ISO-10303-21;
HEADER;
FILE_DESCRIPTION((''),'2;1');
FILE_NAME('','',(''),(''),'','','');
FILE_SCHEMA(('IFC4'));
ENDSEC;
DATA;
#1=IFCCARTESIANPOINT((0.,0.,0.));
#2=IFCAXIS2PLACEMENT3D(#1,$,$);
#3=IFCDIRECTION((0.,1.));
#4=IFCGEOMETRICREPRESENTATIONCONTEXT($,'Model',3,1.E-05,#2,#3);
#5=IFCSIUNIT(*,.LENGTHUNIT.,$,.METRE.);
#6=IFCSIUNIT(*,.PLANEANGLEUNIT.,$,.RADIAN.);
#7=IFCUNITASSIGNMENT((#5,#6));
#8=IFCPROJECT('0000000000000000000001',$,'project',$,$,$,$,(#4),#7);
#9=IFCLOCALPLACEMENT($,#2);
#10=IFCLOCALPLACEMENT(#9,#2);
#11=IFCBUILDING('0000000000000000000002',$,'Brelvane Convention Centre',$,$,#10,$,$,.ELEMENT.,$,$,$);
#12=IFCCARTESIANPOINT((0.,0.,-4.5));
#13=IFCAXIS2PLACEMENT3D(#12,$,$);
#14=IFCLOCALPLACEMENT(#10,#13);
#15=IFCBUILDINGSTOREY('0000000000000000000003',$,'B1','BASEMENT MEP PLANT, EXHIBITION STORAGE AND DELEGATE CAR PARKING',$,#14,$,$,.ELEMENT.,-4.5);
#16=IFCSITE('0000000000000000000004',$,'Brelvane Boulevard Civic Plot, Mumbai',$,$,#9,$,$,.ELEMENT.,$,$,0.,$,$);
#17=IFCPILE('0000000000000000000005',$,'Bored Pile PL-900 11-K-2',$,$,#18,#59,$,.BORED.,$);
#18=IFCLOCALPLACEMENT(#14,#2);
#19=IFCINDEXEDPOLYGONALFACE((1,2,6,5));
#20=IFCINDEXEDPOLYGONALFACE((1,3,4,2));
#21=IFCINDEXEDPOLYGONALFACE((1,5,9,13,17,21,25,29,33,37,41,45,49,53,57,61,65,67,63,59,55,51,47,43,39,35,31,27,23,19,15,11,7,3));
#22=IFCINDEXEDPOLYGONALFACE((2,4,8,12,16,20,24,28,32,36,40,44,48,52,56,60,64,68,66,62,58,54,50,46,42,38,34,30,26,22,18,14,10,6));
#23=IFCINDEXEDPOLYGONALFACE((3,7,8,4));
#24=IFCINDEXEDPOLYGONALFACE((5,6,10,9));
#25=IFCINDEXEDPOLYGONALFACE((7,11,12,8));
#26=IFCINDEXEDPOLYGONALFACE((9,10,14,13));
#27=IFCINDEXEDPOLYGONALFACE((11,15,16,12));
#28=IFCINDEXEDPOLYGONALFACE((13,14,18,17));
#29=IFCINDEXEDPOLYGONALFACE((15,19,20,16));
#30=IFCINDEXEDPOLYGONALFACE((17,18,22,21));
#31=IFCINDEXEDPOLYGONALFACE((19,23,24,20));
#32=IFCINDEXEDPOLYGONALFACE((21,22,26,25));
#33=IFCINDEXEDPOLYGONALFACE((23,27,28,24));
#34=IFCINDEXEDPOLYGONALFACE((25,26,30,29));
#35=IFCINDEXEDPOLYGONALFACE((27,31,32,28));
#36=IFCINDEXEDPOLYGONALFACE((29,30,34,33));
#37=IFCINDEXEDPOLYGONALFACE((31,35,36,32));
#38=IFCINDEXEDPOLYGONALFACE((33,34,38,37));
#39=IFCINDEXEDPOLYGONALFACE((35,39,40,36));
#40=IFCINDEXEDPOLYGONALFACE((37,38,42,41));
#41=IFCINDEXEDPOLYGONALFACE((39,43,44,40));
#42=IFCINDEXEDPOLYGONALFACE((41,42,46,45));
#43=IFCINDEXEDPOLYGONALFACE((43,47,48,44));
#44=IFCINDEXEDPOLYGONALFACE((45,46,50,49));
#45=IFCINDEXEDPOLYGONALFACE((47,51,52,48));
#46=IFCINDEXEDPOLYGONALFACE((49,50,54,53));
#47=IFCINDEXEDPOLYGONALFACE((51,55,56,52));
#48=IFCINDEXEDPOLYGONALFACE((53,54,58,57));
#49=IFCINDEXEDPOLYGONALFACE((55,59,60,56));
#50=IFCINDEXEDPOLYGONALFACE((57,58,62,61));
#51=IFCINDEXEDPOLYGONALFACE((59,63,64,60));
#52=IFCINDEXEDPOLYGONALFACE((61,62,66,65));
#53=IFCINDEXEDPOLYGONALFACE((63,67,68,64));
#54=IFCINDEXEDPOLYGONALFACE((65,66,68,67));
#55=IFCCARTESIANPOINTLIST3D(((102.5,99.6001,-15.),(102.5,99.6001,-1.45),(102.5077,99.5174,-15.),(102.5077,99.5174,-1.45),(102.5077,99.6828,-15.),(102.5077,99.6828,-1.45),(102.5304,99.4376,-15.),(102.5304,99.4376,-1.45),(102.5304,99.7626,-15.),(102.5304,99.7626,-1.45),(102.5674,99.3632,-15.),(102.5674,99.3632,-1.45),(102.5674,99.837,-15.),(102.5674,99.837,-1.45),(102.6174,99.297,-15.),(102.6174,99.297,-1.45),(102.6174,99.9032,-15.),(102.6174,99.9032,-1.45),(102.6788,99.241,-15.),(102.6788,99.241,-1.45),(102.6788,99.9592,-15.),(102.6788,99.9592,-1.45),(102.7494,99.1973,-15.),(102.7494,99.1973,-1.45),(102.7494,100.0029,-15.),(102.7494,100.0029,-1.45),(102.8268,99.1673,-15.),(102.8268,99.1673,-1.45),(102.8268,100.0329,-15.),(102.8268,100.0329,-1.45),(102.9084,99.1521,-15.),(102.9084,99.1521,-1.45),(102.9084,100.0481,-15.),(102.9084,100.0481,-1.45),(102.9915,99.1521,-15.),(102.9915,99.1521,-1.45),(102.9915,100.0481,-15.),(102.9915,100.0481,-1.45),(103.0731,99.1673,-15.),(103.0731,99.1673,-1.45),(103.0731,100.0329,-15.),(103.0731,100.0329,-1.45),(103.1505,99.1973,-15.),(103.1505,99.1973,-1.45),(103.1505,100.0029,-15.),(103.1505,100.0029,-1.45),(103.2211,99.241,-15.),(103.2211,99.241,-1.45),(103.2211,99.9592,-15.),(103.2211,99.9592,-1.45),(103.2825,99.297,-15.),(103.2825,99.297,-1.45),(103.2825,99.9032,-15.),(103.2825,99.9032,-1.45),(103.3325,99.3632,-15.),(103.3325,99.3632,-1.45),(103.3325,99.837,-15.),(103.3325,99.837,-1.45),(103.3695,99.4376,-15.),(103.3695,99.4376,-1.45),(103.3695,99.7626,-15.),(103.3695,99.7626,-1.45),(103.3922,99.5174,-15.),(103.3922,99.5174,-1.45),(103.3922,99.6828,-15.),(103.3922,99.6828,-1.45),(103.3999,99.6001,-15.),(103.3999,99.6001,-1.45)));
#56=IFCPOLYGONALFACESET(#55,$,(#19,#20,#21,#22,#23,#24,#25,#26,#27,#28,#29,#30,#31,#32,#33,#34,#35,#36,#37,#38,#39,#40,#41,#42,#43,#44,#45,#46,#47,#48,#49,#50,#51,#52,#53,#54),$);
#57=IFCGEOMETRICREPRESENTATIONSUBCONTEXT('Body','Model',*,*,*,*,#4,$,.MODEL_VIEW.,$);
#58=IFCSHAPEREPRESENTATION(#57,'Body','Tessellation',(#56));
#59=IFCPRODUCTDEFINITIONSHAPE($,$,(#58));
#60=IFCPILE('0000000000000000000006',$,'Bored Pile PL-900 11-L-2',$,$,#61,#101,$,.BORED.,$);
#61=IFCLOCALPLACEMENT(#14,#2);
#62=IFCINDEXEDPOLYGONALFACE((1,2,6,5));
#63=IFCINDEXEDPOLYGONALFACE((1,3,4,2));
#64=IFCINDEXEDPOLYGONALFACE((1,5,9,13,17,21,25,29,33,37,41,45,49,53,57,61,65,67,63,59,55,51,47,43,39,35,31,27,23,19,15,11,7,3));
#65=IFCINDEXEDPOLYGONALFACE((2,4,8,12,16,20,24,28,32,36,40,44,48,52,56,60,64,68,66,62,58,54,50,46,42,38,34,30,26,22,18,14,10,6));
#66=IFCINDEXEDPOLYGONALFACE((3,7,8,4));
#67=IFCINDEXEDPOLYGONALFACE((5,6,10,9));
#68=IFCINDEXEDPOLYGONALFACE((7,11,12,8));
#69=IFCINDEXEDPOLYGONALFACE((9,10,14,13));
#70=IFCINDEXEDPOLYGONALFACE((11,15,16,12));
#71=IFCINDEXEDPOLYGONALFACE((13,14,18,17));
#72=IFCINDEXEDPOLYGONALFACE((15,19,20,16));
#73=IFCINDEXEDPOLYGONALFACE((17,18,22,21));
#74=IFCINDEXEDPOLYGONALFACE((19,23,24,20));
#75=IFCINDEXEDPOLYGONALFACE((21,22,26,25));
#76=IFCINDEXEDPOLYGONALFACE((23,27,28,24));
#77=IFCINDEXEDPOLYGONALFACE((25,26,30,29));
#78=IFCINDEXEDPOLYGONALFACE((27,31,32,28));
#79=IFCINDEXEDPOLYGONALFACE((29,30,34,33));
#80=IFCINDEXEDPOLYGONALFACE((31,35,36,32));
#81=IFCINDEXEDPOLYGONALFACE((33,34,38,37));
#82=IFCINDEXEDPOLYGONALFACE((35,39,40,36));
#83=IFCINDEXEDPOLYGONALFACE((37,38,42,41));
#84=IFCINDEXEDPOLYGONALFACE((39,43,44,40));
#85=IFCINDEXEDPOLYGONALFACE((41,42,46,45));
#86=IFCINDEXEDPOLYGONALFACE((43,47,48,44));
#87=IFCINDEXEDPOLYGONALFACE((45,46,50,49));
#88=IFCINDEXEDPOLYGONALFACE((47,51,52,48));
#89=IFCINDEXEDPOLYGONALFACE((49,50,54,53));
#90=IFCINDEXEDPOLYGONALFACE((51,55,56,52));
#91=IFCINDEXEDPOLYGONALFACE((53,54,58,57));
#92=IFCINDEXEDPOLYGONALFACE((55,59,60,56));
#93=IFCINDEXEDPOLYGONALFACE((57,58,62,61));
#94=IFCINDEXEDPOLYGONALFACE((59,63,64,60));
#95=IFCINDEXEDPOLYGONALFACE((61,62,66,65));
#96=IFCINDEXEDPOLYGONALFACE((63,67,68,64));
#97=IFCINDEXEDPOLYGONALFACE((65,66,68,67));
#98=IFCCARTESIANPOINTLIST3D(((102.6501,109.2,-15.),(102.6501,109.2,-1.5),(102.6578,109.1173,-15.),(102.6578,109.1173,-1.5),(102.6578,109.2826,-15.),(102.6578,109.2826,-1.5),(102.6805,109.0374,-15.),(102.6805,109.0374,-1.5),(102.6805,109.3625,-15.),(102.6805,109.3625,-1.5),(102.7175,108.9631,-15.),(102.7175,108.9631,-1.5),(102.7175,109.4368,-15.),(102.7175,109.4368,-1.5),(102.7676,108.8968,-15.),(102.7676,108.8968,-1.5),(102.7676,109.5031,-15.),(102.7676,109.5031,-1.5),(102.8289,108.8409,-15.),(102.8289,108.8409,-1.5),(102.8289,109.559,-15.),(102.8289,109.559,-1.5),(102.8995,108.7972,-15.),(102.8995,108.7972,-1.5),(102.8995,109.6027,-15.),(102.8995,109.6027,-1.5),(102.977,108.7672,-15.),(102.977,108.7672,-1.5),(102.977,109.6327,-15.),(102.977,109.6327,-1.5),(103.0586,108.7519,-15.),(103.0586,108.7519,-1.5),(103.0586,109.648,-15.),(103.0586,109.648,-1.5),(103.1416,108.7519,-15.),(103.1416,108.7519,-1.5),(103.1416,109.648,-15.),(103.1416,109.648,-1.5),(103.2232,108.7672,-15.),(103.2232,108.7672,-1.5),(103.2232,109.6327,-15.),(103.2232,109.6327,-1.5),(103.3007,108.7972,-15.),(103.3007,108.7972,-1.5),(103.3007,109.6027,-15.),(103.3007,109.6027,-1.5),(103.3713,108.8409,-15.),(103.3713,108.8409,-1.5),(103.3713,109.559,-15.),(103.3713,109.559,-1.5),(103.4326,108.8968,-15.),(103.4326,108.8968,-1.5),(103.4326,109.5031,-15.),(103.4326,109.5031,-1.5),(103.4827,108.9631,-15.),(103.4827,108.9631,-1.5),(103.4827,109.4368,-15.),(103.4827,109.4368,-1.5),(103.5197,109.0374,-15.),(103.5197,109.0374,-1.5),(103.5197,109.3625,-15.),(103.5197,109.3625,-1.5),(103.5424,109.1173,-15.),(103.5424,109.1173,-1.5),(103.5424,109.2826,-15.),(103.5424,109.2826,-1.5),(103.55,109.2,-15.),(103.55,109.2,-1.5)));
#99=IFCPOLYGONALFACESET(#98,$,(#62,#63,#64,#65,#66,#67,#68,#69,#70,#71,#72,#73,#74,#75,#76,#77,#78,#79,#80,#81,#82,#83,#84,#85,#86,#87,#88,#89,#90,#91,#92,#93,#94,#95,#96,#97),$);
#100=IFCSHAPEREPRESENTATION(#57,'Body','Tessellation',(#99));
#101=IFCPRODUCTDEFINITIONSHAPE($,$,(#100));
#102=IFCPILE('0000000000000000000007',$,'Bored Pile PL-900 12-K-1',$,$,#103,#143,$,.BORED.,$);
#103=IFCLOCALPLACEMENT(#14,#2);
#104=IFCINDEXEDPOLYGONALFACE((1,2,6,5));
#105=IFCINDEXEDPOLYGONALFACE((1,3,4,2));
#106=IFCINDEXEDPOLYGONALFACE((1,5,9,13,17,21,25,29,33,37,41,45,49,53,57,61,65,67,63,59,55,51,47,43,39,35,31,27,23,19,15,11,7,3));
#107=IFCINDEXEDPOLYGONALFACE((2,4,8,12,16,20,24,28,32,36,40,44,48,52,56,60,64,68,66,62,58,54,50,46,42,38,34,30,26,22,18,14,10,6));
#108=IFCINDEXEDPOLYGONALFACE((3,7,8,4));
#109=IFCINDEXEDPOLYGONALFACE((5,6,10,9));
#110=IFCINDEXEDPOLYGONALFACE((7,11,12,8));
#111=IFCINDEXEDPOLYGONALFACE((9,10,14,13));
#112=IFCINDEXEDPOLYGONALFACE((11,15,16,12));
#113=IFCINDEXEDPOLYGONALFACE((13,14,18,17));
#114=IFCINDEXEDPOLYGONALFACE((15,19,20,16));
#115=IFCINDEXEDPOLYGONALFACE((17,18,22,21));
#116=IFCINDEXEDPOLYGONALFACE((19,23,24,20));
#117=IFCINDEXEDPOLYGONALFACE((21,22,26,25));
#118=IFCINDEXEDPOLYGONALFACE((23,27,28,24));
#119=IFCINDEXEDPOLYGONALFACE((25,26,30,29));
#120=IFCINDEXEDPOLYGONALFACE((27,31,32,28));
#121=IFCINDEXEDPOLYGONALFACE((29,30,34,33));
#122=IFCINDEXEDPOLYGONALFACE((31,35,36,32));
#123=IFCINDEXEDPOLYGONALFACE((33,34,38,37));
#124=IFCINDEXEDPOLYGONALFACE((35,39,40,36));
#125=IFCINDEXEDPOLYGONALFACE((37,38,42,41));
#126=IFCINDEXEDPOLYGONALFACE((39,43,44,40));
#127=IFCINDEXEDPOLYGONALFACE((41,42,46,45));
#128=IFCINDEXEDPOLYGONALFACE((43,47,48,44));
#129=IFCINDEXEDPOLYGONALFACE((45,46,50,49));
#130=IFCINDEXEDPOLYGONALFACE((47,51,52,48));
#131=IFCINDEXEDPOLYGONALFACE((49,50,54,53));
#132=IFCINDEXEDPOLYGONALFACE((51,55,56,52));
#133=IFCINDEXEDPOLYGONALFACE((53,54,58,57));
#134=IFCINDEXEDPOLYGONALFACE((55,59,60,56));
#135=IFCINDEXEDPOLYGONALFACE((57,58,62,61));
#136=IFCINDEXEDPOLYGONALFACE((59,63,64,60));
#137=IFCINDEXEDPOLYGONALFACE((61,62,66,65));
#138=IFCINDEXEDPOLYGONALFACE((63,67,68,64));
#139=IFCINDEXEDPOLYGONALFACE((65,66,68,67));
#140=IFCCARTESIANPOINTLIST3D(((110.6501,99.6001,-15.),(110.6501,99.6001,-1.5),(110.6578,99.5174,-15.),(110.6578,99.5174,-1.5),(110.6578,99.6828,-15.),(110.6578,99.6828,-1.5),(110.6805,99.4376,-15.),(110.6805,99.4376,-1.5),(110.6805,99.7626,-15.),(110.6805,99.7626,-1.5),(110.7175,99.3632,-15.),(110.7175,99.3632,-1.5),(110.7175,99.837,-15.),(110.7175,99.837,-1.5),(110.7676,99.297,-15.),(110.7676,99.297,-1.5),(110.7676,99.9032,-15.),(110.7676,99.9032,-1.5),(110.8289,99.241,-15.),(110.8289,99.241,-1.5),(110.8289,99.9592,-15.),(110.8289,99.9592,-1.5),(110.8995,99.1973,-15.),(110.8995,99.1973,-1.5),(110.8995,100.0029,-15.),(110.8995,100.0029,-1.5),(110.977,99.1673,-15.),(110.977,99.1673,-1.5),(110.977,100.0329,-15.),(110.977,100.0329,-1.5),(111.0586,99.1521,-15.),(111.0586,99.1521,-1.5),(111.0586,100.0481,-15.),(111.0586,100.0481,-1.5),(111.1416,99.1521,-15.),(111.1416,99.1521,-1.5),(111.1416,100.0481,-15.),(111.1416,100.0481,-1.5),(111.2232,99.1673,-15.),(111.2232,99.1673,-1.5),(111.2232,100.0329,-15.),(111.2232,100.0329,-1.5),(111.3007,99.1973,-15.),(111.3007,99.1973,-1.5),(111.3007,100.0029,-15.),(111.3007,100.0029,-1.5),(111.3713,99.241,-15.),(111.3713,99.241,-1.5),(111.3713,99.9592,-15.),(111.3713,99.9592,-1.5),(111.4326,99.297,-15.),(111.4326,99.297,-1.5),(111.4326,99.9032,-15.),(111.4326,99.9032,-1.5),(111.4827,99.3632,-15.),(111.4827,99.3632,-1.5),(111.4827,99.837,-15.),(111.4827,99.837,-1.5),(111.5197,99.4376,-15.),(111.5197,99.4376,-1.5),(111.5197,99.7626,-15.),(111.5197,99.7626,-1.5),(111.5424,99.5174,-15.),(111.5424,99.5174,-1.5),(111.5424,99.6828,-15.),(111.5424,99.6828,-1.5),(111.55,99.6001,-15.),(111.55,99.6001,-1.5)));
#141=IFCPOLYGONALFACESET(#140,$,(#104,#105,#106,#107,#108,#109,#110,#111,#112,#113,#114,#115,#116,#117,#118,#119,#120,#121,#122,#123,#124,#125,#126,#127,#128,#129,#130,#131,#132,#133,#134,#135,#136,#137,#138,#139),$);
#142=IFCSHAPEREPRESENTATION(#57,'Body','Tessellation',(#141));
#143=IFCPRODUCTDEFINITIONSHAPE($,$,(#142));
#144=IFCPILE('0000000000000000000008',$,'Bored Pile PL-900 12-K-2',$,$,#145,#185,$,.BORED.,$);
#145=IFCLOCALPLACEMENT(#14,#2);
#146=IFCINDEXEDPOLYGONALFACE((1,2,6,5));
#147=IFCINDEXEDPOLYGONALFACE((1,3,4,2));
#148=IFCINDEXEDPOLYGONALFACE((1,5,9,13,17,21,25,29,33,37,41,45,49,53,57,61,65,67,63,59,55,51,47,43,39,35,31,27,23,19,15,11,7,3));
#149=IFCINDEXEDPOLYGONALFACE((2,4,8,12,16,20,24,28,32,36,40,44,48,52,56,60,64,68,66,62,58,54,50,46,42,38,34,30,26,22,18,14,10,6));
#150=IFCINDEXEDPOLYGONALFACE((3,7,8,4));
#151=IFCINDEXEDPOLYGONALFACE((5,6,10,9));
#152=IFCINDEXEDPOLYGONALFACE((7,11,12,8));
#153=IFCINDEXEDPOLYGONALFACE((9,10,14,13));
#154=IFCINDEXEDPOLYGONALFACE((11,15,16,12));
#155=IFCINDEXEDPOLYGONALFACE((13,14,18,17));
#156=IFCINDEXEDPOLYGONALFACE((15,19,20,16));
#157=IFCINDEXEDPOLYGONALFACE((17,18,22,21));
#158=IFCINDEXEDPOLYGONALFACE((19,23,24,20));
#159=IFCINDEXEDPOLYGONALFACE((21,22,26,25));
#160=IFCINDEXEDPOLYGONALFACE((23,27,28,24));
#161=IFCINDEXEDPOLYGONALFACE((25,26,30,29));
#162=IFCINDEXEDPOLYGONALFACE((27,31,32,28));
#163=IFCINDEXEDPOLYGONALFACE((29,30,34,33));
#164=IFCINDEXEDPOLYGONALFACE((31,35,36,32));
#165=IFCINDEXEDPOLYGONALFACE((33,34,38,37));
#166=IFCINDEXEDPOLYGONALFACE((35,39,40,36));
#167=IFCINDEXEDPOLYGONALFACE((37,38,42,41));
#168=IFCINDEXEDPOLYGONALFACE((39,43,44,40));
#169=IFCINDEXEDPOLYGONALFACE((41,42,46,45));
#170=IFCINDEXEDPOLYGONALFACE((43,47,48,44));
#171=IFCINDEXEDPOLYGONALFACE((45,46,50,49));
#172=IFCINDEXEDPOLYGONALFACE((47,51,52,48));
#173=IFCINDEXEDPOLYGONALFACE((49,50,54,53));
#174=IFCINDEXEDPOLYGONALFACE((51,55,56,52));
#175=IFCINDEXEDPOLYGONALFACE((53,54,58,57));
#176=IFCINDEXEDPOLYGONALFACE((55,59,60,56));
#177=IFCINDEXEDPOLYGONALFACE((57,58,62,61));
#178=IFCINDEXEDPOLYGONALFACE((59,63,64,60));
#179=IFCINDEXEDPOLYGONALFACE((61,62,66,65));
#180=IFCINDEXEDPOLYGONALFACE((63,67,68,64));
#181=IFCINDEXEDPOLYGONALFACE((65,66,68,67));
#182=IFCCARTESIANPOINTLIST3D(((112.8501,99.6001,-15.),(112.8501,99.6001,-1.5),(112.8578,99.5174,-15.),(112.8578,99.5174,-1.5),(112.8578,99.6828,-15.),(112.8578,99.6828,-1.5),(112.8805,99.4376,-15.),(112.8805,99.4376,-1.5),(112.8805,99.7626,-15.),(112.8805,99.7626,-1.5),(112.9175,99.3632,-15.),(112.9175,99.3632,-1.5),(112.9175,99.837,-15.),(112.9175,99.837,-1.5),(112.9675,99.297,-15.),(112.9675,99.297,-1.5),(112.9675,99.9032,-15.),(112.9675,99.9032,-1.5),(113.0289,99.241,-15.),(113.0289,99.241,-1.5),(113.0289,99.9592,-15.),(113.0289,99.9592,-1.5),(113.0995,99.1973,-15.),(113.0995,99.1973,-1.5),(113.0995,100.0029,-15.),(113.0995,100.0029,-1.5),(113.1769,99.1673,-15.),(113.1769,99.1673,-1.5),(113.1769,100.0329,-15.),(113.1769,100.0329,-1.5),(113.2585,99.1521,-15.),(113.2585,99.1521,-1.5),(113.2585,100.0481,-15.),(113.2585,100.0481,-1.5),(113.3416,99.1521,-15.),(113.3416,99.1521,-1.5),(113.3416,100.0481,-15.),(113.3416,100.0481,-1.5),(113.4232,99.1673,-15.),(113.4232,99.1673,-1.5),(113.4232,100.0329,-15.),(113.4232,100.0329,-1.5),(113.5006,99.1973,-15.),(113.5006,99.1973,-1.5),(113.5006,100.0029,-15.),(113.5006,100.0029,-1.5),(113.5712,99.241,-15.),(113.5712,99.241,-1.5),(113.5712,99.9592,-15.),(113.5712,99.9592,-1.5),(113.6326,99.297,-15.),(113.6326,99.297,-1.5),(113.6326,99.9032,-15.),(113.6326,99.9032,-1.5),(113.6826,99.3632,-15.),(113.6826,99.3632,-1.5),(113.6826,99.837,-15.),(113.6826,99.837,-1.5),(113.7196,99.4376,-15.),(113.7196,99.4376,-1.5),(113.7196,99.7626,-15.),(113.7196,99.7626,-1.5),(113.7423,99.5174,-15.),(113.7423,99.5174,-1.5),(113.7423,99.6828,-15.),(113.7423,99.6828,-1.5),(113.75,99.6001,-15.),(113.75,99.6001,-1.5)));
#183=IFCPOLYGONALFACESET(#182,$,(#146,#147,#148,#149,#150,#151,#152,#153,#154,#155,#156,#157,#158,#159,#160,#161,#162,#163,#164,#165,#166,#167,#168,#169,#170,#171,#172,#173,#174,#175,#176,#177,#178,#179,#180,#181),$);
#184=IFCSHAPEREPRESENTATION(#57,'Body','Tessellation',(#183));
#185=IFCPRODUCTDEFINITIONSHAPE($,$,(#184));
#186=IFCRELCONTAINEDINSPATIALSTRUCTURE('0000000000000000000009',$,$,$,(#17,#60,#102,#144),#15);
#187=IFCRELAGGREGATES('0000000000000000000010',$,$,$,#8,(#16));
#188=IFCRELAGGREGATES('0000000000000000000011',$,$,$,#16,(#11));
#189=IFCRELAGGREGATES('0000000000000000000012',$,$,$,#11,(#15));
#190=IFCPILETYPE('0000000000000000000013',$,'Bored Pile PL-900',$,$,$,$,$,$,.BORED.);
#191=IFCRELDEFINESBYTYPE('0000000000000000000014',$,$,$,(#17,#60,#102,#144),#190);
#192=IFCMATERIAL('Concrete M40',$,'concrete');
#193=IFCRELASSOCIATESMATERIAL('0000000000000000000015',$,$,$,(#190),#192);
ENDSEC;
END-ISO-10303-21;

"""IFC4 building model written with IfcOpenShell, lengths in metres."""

from ifc_helpers import new_model, si_unit, direction, frame, origin, origin_2d, place, context, subcontext, project, spatial, circle, extrude, material, material_profile, profile_set, type_object, element, save


model = new_model("IFC4")

# Units and contexts
model_context = context("Model", 3, precision=1e-05, world=origin(), true_north=direction((0.0, 1.0)))
body_context = subcontext(model_context, "Body", "Model", "MODEL_VIEW")
ifc_project = project(units=[si_unit("LENGTHUNIT", "METRE"), si_unit("PLANEANGLEUNIT", "RADIAN")], contexts=[model_context])

# Site, building, storey
site_placement = place(None, origin())
site = spatial("IfcSite", under=ifc_project, at=site_placement, Name="Brelvane Boulevard Civic Plot, Mumbai", CompositionType="ELEMENT", RefElevation=0.0)
building_placement = place(site_placement, origin())
building = spatial("IfcBuilding", under=site, at=building_placement, Name="Brelvane Convention Centre", CompositionType="ELEMENT")
storey_placement = place(building_placement, frame((0.0, 0.0, -4.5)))
storey = spatial("IfcBuildingStorey", under=building, at=storey_placement, Name="B1", Description="BASEMENT MEP PLANT, EXHIBITION STORAGE AND DELEGATE CAR PARKING", CompositionType="ELEMENT", Elevation=-4.5)

# Piles
ifc_material_1 = material(Name="Concrete M40", Category="concrete")
ifc_material_profile_1 = material_profile(ifc_material_1, circle(Radius=0.45, at=origin_2d()), Name="PILE D900")
ifc_profile_set_1 = profile_set([ifc_material_profile_1], Name="Concrete M40")
pile_type = type_object("IfcPileType", Name="Bored Pile PL-900", PredefinedType="BORED", material=ifc_profile_set_1)
pile_placement = place(storey_placement, frame((102.95, 99.6001, -1.45), z_axis=(0.0, 0.0, -1.0), x_axis=(1.0, 0.0, 0.0)))
element("IfcPile", 1, at=pile_placement, inside=storey, type_object=pile_type, Name="Bored Pile PL-900 11-K-2", PredefinedType="BORED", context=body_context, shape_type="SweptSolid", body=[
    extrude(circle(Radius=0.45, at=origin_2d()), origin(), (0.0, 0.0, 1.0), 13.55),
])
for number, where, z_axis, x_axis, name in (
    (2, (103.1001, 109.2, -1.5), (0.0, 0.0, -1.0), (1.0, 0.0, 0.0), "Bored Pile PL-900 11-L-2"),
    (3, (111.1001, 99.6001, -1.5), (0.0, 0.0, -1.0), (1.0, 0.0, 0.0), "Bored Pile PL-900 12-K-1"),
    (4, (113.3, 99.6001, -1.5), (0.0, 0.0, -1.0), (1.0, 0.0, 0.0), "Bored Pile PL-900 12-K-2"),
):
    element("IfcPile", number, at=place(storey_placement, frame(where, z_axis=z_axis, x_axis=x_axis)), inside=storey, type_object=pile_type, Name=name, PredefinedType="BORED", context=body_context, shape_type="SweptSolid", body=[
        extrude(circle(Radius=0.45, at=origin_2d()), origin(), (0.0, 0.0, 1.0), 13.5),
    ])

save(model, "model.ifc")
